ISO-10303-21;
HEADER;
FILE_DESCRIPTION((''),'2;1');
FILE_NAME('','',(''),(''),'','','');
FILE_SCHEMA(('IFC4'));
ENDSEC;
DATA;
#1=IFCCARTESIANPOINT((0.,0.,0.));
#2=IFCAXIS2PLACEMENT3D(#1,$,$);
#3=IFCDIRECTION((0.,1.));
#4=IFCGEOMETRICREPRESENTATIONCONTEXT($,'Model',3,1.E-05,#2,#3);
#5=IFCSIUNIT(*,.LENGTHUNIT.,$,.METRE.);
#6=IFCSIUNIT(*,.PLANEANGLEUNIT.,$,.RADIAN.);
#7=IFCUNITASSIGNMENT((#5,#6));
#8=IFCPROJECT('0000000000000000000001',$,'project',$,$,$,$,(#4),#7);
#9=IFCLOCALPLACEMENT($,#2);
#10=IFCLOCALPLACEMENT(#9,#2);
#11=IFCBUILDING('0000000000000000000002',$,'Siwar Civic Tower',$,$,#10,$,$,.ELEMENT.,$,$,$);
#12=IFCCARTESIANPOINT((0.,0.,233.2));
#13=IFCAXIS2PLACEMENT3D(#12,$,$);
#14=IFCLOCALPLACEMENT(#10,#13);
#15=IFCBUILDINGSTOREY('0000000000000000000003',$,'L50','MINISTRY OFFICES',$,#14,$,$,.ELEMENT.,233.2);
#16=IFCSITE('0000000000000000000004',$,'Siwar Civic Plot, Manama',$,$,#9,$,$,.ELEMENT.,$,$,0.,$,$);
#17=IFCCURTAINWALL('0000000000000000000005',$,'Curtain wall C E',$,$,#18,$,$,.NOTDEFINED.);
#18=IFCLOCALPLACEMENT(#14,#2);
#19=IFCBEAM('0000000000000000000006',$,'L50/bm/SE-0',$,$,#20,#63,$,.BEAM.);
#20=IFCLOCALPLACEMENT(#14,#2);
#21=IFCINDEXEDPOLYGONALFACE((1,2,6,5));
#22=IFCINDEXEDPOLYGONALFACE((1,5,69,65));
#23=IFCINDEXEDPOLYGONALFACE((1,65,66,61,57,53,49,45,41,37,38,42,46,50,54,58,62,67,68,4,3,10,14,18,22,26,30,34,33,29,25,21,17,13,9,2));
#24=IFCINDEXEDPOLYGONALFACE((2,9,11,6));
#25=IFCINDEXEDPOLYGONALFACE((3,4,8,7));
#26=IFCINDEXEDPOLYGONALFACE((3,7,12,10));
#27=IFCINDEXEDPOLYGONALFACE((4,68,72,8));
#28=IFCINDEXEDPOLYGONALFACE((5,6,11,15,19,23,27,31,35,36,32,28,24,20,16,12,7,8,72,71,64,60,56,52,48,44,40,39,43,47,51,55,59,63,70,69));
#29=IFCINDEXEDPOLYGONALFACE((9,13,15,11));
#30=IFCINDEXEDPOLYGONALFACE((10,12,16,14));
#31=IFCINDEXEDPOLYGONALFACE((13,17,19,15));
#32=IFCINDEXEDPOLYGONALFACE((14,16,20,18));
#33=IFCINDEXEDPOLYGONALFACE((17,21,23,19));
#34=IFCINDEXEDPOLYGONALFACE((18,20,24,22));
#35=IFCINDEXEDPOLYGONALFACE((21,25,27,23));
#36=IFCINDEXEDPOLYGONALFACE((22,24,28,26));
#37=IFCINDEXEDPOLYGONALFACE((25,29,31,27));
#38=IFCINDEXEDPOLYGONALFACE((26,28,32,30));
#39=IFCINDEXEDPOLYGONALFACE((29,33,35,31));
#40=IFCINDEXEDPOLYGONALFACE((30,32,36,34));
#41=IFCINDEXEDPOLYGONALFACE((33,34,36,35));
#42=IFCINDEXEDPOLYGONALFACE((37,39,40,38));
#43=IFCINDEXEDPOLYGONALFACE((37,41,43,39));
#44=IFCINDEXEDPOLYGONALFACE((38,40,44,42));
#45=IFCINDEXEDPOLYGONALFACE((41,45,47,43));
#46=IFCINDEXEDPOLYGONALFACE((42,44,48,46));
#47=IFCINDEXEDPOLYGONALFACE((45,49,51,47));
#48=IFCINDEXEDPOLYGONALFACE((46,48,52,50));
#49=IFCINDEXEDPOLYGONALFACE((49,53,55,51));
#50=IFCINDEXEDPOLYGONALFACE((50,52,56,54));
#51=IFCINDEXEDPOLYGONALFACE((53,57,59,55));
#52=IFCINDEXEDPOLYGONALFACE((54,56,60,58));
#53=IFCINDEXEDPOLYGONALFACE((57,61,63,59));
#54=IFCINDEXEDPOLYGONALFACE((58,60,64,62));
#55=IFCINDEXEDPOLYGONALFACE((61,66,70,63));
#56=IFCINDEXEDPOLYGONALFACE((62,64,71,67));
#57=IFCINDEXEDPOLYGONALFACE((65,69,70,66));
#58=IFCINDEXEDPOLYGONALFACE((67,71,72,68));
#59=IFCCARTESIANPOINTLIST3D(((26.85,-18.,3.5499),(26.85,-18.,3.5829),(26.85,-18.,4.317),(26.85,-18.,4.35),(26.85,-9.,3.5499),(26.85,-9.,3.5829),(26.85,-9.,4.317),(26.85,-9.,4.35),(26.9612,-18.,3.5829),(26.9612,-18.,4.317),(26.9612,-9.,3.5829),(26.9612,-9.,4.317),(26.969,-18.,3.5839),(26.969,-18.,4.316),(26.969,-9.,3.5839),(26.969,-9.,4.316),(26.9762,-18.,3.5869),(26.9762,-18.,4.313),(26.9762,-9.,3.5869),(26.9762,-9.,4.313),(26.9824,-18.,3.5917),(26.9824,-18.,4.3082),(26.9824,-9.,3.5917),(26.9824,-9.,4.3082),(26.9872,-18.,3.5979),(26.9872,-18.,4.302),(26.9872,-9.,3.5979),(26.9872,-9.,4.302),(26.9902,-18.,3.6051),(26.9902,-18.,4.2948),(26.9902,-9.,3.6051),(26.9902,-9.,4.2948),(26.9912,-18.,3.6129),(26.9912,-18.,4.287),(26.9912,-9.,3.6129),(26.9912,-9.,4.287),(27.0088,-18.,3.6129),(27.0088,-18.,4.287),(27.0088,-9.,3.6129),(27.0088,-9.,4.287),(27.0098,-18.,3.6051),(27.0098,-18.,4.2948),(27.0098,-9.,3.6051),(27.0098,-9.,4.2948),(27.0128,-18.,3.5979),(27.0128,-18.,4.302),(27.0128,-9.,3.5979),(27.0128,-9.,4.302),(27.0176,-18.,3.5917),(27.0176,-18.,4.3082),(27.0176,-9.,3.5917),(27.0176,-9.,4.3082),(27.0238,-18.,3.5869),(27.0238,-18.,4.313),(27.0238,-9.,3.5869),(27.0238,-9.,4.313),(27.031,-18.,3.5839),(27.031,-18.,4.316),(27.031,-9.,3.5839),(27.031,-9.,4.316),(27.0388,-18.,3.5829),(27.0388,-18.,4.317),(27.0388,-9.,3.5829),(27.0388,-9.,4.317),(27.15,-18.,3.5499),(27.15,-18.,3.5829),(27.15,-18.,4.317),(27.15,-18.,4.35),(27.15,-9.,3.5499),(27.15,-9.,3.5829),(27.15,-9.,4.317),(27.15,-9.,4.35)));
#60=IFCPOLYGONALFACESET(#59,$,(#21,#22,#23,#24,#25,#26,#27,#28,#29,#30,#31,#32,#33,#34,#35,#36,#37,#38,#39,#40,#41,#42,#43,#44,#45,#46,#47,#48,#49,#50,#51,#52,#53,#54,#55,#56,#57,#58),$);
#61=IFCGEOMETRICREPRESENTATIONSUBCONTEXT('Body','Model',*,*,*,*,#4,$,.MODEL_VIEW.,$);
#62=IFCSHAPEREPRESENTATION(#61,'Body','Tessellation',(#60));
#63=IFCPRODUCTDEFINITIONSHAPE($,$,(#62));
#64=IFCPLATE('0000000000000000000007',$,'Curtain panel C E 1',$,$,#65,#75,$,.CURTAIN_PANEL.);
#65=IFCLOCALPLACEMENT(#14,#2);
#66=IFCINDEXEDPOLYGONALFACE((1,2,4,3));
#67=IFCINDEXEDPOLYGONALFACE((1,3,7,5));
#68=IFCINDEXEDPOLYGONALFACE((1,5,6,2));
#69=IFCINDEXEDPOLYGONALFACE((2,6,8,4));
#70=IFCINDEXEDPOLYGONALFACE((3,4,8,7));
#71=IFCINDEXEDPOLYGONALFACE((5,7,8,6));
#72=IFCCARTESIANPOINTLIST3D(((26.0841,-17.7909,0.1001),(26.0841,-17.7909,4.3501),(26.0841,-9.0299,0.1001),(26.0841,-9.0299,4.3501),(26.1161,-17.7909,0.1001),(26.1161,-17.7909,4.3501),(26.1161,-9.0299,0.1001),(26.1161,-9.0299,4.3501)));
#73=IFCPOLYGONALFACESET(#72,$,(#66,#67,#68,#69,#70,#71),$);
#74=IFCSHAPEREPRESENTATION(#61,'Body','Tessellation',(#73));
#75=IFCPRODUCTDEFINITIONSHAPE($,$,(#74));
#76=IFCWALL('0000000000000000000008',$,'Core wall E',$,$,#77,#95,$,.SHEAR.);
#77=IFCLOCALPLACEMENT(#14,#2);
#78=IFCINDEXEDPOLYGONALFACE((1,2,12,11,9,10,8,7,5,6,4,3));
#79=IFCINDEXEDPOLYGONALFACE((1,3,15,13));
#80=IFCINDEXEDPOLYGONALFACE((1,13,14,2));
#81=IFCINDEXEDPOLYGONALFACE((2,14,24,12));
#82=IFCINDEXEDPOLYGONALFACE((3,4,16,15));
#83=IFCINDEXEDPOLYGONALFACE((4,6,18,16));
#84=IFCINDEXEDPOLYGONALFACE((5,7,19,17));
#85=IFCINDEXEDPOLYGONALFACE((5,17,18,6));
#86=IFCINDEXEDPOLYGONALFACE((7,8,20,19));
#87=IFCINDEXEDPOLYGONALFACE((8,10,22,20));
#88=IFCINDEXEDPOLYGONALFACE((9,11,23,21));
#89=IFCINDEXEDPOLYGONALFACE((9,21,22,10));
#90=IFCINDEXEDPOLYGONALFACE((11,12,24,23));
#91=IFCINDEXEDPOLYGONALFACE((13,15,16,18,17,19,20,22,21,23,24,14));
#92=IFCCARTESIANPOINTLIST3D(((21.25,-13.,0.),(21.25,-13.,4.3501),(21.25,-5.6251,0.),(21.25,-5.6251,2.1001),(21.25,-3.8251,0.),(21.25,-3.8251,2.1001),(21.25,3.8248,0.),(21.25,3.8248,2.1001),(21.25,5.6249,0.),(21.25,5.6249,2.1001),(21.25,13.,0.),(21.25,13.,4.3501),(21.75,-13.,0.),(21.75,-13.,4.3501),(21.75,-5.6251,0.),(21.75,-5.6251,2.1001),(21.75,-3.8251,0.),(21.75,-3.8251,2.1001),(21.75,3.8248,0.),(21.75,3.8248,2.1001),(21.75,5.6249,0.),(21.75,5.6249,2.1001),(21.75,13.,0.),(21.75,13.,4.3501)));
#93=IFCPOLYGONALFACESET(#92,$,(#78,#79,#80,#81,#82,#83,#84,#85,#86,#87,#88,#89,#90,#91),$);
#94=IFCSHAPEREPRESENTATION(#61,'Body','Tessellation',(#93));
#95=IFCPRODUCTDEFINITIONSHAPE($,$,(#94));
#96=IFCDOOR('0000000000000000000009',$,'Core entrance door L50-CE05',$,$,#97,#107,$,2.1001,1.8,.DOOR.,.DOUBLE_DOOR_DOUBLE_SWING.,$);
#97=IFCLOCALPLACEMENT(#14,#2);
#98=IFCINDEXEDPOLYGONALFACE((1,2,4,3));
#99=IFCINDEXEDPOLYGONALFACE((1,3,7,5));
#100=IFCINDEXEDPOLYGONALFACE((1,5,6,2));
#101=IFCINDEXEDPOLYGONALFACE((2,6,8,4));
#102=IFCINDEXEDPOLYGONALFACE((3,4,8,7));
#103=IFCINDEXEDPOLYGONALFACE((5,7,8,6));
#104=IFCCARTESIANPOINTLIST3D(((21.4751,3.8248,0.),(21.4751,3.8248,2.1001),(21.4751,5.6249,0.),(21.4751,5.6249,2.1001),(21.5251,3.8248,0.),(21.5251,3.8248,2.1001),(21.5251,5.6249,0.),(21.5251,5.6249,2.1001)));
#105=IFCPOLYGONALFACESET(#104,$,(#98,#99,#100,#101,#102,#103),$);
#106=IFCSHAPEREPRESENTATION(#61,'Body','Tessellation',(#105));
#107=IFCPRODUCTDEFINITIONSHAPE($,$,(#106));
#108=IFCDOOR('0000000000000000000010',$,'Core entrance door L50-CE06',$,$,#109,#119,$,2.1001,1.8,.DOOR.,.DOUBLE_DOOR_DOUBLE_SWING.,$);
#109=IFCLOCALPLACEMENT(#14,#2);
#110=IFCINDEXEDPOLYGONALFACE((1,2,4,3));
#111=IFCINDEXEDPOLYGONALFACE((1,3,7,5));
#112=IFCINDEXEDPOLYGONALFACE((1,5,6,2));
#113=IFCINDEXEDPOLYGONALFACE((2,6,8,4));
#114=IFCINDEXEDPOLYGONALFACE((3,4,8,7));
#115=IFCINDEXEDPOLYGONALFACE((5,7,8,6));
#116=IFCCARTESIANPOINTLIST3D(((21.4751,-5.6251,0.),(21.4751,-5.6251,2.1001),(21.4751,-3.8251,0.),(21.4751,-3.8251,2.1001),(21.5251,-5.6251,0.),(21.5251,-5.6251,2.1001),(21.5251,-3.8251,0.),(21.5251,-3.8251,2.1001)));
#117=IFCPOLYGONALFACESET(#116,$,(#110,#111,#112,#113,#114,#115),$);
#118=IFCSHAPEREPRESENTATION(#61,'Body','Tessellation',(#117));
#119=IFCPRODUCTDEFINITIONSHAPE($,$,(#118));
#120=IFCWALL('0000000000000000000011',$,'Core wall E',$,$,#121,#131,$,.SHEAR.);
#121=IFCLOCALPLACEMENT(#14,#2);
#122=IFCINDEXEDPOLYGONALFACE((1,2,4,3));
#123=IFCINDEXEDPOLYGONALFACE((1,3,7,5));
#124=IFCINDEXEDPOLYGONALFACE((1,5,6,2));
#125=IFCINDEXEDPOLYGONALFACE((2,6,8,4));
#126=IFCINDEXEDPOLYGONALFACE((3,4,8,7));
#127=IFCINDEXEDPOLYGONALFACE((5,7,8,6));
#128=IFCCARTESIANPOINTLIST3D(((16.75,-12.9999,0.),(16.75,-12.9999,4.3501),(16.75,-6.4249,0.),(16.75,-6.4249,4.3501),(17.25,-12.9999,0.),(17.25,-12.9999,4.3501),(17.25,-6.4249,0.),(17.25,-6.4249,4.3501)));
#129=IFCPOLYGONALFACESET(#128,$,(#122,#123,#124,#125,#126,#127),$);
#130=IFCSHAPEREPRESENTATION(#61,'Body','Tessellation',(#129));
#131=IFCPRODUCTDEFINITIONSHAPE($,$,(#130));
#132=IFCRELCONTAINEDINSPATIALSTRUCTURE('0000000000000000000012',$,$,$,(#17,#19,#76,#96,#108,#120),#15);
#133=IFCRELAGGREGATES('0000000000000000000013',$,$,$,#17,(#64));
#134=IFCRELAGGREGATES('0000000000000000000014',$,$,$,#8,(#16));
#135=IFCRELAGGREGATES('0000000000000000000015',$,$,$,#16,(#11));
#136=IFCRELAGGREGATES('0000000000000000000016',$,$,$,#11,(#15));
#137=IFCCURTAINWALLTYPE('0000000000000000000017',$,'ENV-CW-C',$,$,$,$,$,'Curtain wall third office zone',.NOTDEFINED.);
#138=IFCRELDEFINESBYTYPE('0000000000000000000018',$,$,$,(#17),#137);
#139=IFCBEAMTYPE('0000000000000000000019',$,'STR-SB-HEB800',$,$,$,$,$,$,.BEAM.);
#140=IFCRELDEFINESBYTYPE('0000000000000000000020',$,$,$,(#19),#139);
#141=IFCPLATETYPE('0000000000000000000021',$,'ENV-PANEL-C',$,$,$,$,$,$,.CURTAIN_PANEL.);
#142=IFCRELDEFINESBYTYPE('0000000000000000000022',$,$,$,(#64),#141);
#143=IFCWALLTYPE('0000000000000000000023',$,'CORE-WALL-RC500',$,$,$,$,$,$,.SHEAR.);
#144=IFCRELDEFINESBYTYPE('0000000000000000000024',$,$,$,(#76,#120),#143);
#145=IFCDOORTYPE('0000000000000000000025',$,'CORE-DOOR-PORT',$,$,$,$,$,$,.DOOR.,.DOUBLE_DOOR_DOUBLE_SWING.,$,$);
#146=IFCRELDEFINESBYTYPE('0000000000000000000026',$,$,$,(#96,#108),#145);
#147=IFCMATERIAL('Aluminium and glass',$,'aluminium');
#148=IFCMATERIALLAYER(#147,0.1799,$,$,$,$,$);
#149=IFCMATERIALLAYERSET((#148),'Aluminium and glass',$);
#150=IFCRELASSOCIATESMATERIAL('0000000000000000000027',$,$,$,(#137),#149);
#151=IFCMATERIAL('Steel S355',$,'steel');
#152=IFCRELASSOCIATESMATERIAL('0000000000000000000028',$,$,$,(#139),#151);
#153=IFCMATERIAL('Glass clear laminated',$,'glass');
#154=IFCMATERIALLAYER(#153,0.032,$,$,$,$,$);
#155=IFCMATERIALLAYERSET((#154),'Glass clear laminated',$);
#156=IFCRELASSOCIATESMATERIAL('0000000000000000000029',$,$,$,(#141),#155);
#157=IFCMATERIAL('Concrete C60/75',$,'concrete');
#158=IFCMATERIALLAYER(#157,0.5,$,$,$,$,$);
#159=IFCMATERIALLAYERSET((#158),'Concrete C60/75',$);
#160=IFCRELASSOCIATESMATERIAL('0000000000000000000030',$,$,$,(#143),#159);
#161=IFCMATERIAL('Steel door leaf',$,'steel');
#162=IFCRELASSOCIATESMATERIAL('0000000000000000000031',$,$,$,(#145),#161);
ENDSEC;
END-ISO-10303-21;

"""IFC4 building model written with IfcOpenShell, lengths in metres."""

from ifc_helpers import new_model, si_unit, direction, frame, frame_2d, origin, origin_2d, place, context, subcontext, project, spatial, rectangle, i_section, extrude, material, layer, layer_set, material_profile, profile_set, type_object, element, fill, aggregate, save


model = new_model("IFC4")

# Units and contexts
model_context = context("Model", 3, precision=1e-05, world=origin(), true_north=direction((0.0, 1.0)))
body_context = subcontext(model_context, "Body", "Model", "MODEL_VIEW")
ifc_project = project(units=[si_unit("LENGTHUNIT", "METRE"), si_unit("PLANEANGLEUNIT", "RADIAN")], contexts=[model_context])

# Site, building, storey
site_placement = place(None, origin())
site = spatial("IfcSite", under=ifc_project, at=site_placement, Name="Siwar Civic Plot, Manama", CompositionType="ELEMENT", RefElevation=0.0)
building_placement = place(site_placement, origin())
building = spatial("IfcBuilding", under=site, at=building_placement, Name="Siwar Civic Tower", CompositionType="ELEMENT")
storey_placement = place(building_placement, frame((0.0, 0.0, 233.2)))
storey = spatial("IfcBuildingStorey", under=building, at=storey_placement, Name="L50", Description="MINISTRY OFFICES", CompositionType="ELEMENT", Elevation=233.2)

# Curtain wall
ifc_material_1 = material(Name="Aluminium and glass", Category="aluminium")
ifc_layer_1 = layer(ifc_material_1, 0.1799)
ifc_layer_set_1 = layer_set([ifc_layer_1], Name="Aluminium and glass")
curtain_wall_type = type_object("IfcCurtainWallType", Name="ENV-CW-C", ElementType="Curtain wall third office zone", PredefinedType="NOTDEFINED", material=ifc_layer_set_1)
curtain_wall_placement = place(storey_placement, origin())
curtain_wall = element("IfcCurtainWall", 1, at=curtain_wall_placement, inside=storey, type_object=curtain_wall_type, Name="Curtain wall C E", PredefinedType="NOTDEFINED")

# Beam
ifc_material_2 = material(Name="Steel S355", Category="steel")
ifc_material_profile_1 = material_profile(ifc_material_2, i_section(OverallWidth=0.3, OverallDepth=0.8, WebThickness=0.0176, FlangeThickness=0.033, FilletRadius=0.03, at=origin_2d()), Name="HEB800")
ifc_profile_set_1 = profile_set([ifc_material_profile_1], Name="Steel S355")
beam_type_1 = type_object("IfcBeamType", Name="STR-SB-HEB800", PredefinedType="BEAM", material=ifc_profile_set_1)
beam_1_placement = place(storey_placement, frame((27.0, -18.0, 3.95), z_axis=(0.0, 1.0, 0.0), x_axis=(-1.0, 0.0, 0.0)))
element("IfcBeam", 2, at=beam_1_placement, inside=storey, type_object=beam_type_1, Name="L50/bm/SE-0", PredefinedType="BEAM", context=body_context, shape_type="SweptSolid", body=[
    extrude(i_section(OverallWidth=0.3, OverallDepth=0.8, WebThickness=0.0176, FlangeThickness=0.033, FilletRadius=0.03, at=origin_2d()), origin(), (0.0, 0.0, 1.0), 9.0),
])

# Plate
ifc_material_3 = material(Name="Glass clear laminated", Category="glass")
ifc_layer_2 = layer(ifc_material_3, 0.032)
ifc_layer_set_2 = layer_set([ifc_layer_2], Name="Glass clear laminated")
plate_type = type_object("IfcPlateType", Name="ENV-PANEL-C", PredefinedType="CURTAIN_PANEL", material=ifc_layer_set_2)
plate_placement = place(storey_placement, frame((26.1001, -13.4104, 0.1001), z_axis=(0.0, 0.0, 1.0), x_axis=(0.0, 1.0, 0.0)))
plate = element("IfcPlate", 3, at=plate_placement, type_object=plate_type, Name="Curtain panel C E 1", PredefinedType="CURTAIN_PANEL", context=body_context, shape_type="SweptSolid", body=[
    extrude(rectangle(XDim=8.761, YDim=0.032, at=origin_2d()), origin(), (0.0, 0.0, 1.0), 4.25),
])
aggregate(curtain_wall, [plate])

# Wall, openings, doors
ifc_material_4 = material(Name="Concrete C60/75", Category="concrete")
ifc_layer_3 = layer(ifc_material_4, 0.5)
ifc_layer_set_3 = layer_set([ifc_layer_3], Name="Concrete C60/75")
wall_type_1 = type_object("IfcWallType", Name="CORE-WALL-RC500", PredefinedType="SHEAR", material=ifc_layer_set_3)
wall_1_placement = place(storey_placement, frame((21.5, -13.0, 0.0), z_axis=(0.0, 0.0, 1.0), x_axis=(0.0, 1.0, 0.0)))
wall_1 = element("IfcWall", 4, at=wall_1_placement, inside=storey, type_object=wall_type_1, Name="Core wall E", PredefinedType="SHEAR", context=body_context, shape_type="SweptSolid", body=[
    extrude(rectangle(XDim=26.0, YDim=0.5, at=frame_2d((13.0, 0.0))), origin(), (0.0, 0.0, 1.0), 4.3501),
])
opening_1_placement = place(wall_1_placement, frame((16.825, 0.0, 0.0)))
opening_1 = element("IfcOpeningElement", 5, at=opening_1_placement, cuts=wall_1, PredefinedType="OPENING", context=body_context, shape_type="SweptSolid", body=[
    extrude(rectangle(XDim=1.8, YDim=2.1001, at=frame_2d((0.8999, 1.05))), frame((0.0, 0.26, 0.0), z_axis=(0.0, -1.0, 0.0), x_axis=(1.0, 0.0, 0.0)), (0.0, 0.0, 1.0), 0.52),
])
opening_2_placement = place(wall_1_placement, frame((7.375, 0.0, 0.0)))
opening_2 = element("IfcOpeningElement", 6, at=opening_2_placement, cuts=wall_1, PredefinedType="OPENING", context=body_context, shape_type="SweptSolid", body=[
    extrude(rectangle(XDim=1.8, YDim=2.1001, at=frame_2d((0.8999, 1.05))), frame((0.0, 0.26, 0.0), z_axis=(0.0, -1.0, 0.0), x_axis=(1.0, 0.0, 0.0)), (0.0, 0.0, 1.0), 0.52),
])
ifc_material_5 = material(Name="Steel door leaf", Category="steel")
door_type_1 = type_object("IfcDoorType", Name="CORE-DOOR-PORT", OperationType="DOUBLE_DOOR_DOUBLE_SWING", PredefinedType="DOOR", material=ifc_material_5)
door_1_placement = place(opening_1_placement, origin())
door_1 = element("IfcDoor", 7, at=door_1_placement, inside=storey, type_object=door_type_1, Name="Core entrance door L50-CE05", OperationType="DOUBLE_DOOR_DOUBLE_SWING", OverallHeight=2.1001, OverallWidth=1.8, PredefinedType="DOOR", context=body_context, shape_type="SweptSolid", body=[
    extrude(rectangle(XDim=1.8, YDim=2.1001, at=frame_2d((0.8999, 1.05))), frame((0.0, 0.0249, 0.0), z_axis=(0.0, -1.0, 0.0), x_axis=(1.0, 0.0, 0.0)), (0.0, 0.0, 1.0), 0.05),
])
fill(opening_1, door_1)
door_2_placement = place(opening_2_placement, origin())
door_2 = element("IfcDoor", 8, at=door_2_placement, inside=storey, type_object=door_type_1, Name="Core entrance door L50-CE06", OperationType="DOUBLE_DOOR_DOUBLE_SWING", OverallHeight=2.1001, OverallWidth=1.8, PredefinedType="DOOR", context=body_context, shape_type="SweptSolid", body=[
    extrude(rectangle(XDim=1.8, YDim=2.1001, at=frame_2d((0.8999, 1.05))), frame((0.0, 0.0249, 0.0), z_axis=(0.0, -1.0, 0.0), x_axis=(1.0, 0.0, 0.0)), (0.0, 0.0, 1.0), 0.05),
])
fill(opening_2, door_2)

# Wall
wall_2_placement = place(storey_placement, frame((17.0, -13.0, 0.0), z_axis=(0.0, 0.0, 1.0), x_axis=(0.0, 1.0, 0.0)))
element("IfcWall", 9, at=wall_2_placement, inside=storey, type_object=wall_type_1, Name="Core wall E", PredefinedType="SHEAR", context=body_context, shape_type="SweptSolid", body=[
    extrude(rectangle(XDim=6.575, YDim=0.5, at=frame_2d((3.2876, 0.0))), origin(), (0.0, 0.0, 1.0), 4.3501),
])

save(model, "model.ifc")
